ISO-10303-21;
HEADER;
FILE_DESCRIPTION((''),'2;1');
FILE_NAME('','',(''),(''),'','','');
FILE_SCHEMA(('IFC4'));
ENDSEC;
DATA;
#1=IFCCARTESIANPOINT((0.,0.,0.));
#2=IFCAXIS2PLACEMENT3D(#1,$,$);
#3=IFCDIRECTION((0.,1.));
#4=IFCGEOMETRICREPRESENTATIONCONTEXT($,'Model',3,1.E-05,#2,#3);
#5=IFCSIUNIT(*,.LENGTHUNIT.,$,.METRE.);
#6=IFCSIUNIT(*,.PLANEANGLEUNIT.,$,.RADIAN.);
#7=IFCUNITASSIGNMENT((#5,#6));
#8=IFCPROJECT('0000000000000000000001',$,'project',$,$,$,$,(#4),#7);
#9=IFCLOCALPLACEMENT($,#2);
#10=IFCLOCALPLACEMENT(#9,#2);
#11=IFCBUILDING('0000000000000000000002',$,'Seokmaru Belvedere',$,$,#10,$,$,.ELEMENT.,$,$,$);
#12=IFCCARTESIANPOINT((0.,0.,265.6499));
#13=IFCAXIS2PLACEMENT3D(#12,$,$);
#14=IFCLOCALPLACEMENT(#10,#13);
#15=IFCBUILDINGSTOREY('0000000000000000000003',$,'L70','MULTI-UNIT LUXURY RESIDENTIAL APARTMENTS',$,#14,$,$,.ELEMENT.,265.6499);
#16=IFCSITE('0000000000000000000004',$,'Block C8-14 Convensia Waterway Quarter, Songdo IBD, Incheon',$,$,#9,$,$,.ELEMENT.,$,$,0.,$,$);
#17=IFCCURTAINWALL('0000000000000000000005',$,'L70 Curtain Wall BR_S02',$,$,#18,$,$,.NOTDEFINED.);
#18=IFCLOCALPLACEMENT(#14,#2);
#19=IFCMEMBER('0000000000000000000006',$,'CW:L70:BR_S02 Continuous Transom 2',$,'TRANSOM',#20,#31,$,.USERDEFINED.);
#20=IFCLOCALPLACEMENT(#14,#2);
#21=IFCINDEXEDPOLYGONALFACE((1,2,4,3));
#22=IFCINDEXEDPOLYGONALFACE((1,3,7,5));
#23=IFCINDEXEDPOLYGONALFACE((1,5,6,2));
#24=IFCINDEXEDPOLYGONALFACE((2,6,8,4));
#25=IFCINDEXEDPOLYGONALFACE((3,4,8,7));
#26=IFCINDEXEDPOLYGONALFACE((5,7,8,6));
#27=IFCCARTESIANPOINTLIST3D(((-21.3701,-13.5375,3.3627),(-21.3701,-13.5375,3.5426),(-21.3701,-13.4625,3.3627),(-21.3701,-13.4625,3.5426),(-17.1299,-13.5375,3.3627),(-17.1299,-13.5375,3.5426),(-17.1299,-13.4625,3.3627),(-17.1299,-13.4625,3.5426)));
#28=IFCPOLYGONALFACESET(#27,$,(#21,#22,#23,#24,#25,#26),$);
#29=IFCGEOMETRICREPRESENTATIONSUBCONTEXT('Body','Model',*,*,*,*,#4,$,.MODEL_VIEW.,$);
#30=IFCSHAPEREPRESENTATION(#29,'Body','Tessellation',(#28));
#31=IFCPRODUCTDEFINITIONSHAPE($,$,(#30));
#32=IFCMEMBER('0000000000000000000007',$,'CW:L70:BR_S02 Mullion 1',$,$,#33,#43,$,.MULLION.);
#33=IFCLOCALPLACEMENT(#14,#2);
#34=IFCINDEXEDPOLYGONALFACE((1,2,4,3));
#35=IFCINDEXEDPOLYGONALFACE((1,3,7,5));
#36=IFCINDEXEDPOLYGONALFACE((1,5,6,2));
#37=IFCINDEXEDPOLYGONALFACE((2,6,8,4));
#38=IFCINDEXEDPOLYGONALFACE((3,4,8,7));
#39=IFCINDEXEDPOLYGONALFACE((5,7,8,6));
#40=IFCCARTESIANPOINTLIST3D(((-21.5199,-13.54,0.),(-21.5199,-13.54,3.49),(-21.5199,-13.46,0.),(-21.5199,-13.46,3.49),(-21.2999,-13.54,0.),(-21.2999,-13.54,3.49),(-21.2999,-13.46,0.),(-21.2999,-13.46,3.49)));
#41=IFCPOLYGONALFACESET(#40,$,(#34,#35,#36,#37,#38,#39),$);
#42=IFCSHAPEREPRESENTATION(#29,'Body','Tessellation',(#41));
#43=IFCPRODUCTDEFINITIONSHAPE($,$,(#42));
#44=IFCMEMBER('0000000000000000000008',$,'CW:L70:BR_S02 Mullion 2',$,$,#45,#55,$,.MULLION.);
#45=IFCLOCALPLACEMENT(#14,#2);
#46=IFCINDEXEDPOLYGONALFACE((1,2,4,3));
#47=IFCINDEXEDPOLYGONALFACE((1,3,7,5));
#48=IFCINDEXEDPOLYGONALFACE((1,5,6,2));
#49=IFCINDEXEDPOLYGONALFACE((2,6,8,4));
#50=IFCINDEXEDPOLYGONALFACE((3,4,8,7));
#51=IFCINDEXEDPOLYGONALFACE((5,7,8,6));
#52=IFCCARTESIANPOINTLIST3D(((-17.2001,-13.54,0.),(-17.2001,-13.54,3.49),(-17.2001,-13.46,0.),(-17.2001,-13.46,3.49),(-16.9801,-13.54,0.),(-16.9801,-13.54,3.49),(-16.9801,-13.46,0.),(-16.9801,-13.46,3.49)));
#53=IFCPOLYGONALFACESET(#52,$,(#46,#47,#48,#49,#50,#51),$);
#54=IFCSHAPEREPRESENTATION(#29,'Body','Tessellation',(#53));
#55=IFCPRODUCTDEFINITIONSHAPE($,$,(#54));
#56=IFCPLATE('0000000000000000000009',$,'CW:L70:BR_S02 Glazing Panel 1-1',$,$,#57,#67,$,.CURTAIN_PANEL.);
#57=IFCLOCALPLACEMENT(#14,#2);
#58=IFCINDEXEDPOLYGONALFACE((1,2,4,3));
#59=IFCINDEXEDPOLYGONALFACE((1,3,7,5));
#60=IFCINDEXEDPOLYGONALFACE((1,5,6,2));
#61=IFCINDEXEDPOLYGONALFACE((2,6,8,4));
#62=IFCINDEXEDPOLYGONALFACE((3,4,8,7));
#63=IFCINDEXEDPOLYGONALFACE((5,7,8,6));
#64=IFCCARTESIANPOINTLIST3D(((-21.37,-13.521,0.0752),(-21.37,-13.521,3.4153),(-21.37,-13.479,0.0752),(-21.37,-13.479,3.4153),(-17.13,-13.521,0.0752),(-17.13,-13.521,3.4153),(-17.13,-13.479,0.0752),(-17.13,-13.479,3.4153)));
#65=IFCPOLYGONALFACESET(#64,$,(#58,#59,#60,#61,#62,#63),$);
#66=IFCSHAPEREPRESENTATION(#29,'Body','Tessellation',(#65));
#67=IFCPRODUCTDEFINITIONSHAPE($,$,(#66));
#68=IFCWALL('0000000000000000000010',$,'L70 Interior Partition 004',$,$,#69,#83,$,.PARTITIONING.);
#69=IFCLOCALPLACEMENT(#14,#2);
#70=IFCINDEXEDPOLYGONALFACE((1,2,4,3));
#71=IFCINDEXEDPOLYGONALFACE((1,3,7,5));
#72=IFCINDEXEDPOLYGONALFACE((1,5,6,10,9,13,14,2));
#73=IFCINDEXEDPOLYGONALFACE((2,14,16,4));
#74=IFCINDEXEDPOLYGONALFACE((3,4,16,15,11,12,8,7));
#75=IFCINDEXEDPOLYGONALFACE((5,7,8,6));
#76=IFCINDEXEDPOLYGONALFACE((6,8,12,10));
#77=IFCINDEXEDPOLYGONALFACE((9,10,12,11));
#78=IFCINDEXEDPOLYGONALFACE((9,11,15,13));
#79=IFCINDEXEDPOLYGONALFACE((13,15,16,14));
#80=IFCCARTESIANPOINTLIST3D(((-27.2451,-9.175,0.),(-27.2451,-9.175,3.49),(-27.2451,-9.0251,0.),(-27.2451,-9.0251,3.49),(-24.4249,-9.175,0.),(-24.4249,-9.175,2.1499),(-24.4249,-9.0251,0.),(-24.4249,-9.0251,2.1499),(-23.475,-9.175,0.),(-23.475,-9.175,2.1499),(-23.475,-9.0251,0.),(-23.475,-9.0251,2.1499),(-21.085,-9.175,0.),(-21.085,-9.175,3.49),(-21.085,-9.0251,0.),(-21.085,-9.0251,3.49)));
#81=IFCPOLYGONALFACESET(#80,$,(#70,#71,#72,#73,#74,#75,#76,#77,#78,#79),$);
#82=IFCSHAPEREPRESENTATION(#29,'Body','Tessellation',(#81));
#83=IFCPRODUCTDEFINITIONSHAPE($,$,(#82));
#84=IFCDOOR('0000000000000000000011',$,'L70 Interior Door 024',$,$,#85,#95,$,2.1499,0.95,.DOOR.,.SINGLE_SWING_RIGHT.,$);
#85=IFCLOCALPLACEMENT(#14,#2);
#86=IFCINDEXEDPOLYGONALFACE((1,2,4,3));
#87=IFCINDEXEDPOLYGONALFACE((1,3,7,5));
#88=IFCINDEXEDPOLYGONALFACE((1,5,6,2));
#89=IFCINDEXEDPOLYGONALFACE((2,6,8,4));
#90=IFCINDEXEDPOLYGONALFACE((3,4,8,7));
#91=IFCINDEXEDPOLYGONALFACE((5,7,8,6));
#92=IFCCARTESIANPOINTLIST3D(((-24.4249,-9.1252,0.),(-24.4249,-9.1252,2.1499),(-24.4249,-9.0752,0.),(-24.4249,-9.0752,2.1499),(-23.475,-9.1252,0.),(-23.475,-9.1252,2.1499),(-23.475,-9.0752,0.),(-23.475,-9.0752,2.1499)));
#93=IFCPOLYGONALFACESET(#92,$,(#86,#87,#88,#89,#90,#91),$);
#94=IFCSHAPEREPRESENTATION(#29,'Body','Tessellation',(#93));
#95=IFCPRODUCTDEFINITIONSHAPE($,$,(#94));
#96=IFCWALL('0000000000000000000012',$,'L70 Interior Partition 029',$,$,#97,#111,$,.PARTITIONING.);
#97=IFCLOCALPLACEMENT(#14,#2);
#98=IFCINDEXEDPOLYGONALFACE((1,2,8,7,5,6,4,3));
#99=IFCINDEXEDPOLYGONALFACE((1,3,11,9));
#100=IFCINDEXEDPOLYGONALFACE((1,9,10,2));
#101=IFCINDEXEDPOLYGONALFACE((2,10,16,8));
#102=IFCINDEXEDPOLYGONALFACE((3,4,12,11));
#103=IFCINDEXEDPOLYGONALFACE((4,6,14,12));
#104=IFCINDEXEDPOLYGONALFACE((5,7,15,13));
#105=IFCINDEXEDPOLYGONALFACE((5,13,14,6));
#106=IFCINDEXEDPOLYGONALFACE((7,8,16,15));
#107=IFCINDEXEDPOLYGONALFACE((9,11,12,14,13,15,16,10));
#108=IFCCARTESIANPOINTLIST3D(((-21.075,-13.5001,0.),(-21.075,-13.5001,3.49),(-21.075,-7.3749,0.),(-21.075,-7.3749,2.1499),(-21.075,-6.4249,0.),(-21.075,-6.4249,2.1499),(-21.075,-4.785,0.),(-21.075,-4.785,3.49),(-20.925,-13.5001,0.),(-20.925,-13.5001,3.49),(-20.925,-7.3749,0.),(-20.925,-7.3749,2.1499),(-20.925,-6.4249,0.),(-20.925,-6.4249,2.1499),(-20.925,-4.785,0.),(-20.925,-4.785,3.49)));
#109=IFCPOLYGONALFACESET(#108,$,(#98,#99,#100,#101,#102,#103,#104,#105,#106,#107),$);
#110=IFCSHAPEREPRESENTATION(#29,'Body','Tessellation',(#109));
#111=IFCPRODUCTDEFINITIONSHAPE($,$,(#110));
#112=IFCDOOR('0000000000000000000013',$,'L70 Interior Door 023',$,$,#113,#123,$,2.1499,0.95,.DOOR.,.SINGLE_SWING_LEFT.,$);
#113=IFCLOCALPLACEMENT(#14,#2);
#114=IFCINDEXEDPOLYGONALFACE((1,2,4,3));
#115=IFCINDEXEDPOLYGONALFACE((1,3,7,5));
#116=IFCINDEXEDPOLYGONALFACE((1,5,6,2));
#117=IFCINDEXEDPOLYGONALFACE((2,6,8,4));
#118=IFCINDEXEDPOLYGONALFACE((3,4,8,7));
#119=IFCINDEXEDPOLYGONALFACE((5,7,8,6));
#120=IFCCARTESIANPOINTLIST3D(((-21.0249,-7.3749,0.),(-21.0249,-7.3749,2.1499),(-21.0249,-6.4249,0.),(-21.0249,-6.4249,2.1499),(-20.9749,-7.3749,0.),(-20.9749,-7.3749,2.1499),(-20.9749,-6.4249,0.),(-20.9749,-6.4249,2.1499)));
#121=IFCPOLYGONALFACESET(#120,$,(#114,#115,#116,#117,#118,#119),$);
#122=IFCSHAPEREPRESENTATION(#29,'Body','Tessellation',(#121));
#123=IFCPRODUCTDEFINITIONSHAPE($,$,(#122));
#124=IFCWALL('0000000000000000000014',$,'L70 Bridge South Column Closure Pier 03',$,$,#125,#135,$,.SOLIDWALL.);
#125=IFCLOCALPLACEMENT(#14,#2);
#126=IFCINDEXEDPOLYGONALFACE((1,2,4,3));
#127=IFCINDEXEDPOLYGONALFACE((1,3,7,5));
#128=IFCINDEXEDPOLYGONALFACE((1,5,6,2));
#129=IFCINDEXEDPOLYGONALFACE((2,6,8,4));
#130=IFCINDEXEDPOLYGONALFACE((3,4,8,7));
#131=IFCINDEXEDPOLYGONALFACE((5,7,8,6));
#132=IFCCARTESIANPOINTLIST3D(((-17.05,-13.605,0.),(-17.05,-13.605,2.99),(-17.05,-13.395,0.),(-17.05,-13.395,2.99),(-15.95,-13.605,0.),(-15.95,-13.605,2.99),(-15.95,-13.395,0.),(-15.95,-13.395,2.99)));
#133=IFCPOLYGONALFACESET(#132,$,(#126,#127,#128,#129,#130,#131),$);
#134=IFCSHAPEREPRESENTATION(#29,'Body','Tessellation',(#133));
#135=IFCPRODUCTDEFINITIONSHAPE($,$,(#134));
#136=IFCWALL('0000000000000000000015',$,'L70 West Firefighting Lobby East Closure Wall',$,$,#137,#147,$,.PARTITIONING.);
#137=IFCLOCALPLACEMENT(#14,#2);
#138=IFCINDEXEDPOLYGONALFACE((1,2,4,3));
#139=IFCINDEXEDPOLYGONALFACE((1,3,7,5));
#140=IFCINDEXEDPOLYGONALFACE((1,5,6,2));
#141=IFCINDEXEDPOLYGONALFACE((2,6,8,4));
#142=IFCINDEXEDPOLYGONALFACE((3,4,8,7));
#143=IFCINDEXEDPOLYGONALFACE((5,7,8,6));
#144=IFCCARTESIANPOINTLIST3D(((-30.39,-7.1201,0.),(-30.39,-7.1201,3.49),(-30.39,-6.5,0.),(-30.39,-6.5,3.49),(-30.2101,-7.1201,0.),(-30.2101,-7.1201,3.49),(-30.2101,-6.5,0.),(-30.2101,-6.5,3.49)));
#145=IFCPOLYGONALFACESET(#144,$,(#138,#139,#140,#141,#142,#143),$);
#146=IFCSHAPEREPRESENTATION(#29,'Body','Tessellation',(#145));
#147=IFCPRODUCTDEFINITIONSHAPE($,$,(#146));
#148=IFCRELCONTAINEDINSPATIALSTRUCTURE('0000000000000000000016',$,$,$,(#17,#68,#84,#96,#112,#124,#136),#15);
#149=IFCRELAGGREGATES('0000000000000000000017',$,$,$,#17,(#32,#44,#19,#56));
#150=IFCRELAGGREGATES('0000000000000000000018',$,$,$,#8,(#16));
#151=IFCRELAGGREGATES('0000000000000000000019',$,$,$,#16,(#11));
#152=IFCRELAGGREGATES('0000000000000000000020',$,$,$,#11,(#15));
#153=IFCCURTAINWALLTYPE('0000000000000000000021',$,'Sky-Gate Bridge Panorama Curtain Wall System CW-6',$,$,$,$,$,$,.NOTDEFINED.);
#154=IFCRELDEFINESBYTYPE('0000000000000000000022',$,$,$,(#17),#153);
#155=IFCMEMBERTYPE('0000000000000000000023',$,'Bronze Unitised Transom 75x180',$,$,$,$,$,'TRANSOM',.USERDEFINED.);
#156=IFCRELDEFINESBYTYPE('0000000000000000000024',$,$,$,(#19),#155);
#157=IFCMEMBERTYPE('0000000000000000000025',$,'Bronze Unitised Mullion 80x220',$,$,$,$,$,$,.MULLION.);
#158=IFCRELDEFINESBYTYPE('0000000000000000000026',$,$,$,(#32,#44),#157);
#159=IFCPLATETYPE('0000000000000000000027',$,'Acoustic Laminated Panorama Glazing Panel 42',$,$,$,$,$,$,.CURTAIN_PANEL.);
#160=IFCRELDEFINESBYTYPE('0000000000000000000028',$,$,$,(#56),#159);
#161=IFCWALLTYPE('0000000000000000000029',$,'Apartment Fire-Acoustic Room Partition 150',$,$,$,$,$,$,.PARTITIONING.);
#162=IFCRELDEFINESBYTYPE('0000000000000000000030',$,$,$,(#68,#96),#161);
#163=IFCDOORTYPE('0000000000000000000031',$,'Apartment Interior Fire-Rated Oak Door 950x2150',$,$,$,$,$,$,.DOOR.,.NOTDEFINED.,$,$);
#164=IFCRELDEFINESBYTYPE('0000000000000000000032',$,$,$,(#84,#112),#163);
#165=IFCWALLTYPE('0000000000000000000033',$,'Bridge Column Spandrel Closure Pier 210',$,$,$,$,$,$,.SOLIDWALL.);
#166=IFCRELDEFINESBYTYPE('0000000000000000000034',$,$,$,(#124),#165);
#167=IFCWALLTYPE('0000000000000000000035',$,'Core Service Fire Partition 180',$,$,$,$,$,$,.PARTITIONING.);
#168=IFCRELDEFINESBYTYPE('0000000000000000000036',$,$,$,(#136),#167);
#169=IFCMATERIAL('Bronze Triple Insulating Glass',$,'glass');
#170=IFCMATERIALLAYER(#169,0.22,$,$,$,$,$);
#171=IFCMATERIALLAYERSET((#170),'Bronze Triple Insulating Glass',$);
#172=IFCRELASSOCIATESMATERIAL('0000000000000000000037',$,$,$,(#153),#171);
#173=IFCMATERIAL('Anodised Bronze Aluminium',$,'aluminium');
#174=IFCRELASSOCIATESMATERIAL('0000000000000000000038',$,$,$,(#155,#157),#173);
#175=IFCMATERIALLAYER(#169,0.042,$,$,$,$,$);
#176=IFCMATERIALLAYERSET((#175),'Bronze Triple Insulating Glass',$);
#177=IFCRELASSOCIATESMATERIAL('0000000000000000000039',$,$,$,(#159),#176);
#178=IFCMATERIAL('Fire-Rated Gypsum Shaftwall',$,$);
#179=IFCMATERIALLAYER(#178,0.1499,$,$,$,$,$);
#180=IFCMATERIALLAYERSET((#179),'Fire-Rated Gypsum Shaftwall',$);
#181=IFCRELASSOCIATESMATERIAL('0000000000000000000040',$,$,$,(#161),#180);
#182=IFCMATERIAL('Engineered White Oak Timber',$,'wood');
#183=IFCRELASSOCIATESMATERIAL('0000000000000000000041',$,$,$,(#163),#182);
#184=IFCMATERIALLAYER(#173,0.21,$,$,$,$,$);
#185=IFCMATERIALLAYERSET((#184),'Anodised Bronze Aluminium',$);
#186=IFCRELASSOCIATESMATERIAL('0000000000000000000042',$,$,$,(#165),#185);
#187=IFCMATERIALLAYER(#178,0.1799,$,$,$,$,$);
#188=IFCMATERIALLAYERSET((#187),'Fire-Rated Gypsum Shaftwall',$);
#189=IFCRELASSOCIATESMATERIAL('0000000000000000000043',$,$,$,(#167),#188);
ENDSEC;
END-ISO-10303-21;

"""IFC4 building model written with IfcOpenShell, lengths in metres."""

from ifc_helpers import new_model, si_unit, direction, frame, frame_2d, origin, origin_2d, place, context, subcontext, project, spatial, rectangle, extrude, source, transform, mapped, material, layer, layer_set, material_profile, profile_set, type_object, type_shapes, element, fill, aggregate, save


model = new_model("IFC4")

# Units and contexts
model_context = context("Model", 3, precision=1e-05, world=origin(), true_north=direction((0.0, 1.0)))
body_context = subcontext(model_context, "Body", "Model", "MODEL_VIEW")
ifc_project = project(units=[si_unit("LENGTHUNIT", "METRE"), si_unit("PLANEANGLEUNIT", "RADIAN")], contexts=[model_context])

# Site, building, storey
site_placement = place(None, origin())
site = spatial("IfcSite", under=ifc_project, at=site_placement, Name="Block C8-14 Convensia Waterway Quarter, Songdo IBD, Incheon", CompositionType="ELEMENT", RefElevation=0.0)
building_placement = place(site_placement, origin())
building = spatial("IfcBuilding", under=site, at=building_placement, Name="Seokmaru Belvedere", CompositionType="ELEMENT")
storey_placement = place(building_placement, frame((0.0, 0.0, 265.6499)))
storey = spatial("IfcBuildingStorey", under=building, at=storey_placement, Name="L70", Description="MULTI-UNIT LUXURY RESIDENTIAL APARTMENTS", CompositionType="ELEMENT", Elevation=265.6499)

# Curtain wall, members, plate
ifc_material_1 = material(Name="Bronze Triple Insulating Glass", Category="glass")
ifc_layer_1 = layer(ifc_material_1, 0.22)
ifc_layer_set_1 = layer_set([ifc_layer_1], Name="Bronze Triple Insulating Glass")
curtain_wall_type = type_object("IfcCurtainWallType", Name="Sky-Gate Bridge Panorama Curtain Wall System CW-6", PredefinedType="NOTDEFINED", material=ifc_layer_set_1)
curtain_wall_placement = place(storey_placement, origin())
curtain_wall = element("IfcCurtainWall", 1, at=curtain_wall_placement, inside=storey, type_object=curtain_wall_type, Name="L70 Curtain Wall BR_S02", PredefinedType="NOTDEFINED")
ifc_material_2 = material(Name="Anodised Bronze Aluminium", Category="aluminium")
ifc_material_profile_1 = material_profile(ifc_material_2, rectangle(XDim=0.075, YDim=0.1799, at=origin_2d()), Name="CW-T-75x180")
ifc_profile_set_1 = profile_set([ifc_material_profile_1], Name="Anodised Bronze Aluminium")
member_type_1 = type_object("IfcMemberType", Name="Bronze Unitised Transom 75x180", ElementType="TRANSOM", PredefinedType="USERDEFINED", material=ifc_profile_set_1)
shared_shape_1 = source(origin(), body_context, "Body", "SweptSolid", [
    extrude(rectangle(XDim=0.075, YDim=0.1799, at=origin_2d()), origin(), (0.0, 0.0, 1.0), 4.2402),
])
type_shapes(member_type_1, [shared_shape_1])
member_1_placement = place(storey_placement, frame((-21.3701, -13.5, 3.4526), z_axis=(1.0, 0.0, 0.0), x_axis=(0.0, 1.0, 0.0)))
member_1 = element("IfcMember", 2, at=member_1_placement, type_object=member_type_1, Name="CW:L70:BR_S02 Continuous Transom 2", ObjectType="TRANSOM", PredefinedType="USERDEFINED", context=body_context, shape_type="MappedRepresentation", body=[
    mapped(shared_shape_1, transform((0.0, 0.0, 0.0), scale=1.0)),
])
ifc_material_profile_2 = material_profile(ifc_material_2, rectangle(XDim=0.0801, YDim=0.22, at=origin_2d()), Name="CW-M-80x220")
ifc_profile_set_2 = profile_set([ifc_material_profile_2], Name="Anodised Bronze Aluminium")
member_type_2 = type_object("IfcMemberType", Name="Bronze Unitised Mullion 80x220", PredefinedType="MULLION", material=ifc_profile_set_2)
shared_shape_2 = source(origin(), body_context, "Body", "SweptSolid", [
    extrude(rectangle(XDim=0.0801, YDim=0.22, at=origin_2d()), origin(), (0.0, 0.0, 1.0), 3.49),
])
type_shapes(member_type_2, [shared_shape_2])
member_2_placement = place(storey_placement, frame((-21.4099, -13.5, 0.0), z_axis=(0.0, 0.0, 1.0), x_axis=(0.0, 1.0, 0.0)))
member_2 = element("IfcMember", 3, at=member_2_placement, type_object=member_type_2, Name="CW:L70:BR_S02 Mullion 1", PredefinedType="MULLION", context=body_context, shape_type="MappedRepresentation", body=[
    mapped(shared_shape_2, transform((0.0, 0.0, 0.0), scale=1.0)),
])
member_3_placement = place(storey_placement, frame((-17.0901, -13.5, 0.0), z_axis=(0.0, 0.0, 1.0), x_axis=(0.0, 1.0, 0.0)))
member_3 = element("IfcMember", 4, at=member_3_placement, type_object=member_type_2, Name="CW:L70:BR_S02 Mullion 2", PredefinedType="MULLION", context=body_context, shape_type="MappedRepresentation", body=[
    mapped(shared_shape_2, transform((0.0, 0.0, 0.0), scale=1.0)),
])
ifc_layer_2 = layer(ifc_material_1, 0.042)
ifc_layer_set_2 = layer_set([ifc_layer_2], Name="Bronze Triple Insulating Glass")
plate_type = type_object("IfcPlateType", Name="Acoustic Laminated Panorama Glazing Panel 42", PredefinedType="CURTAIN_PANEL", material=ifc_layer_set_2)
shared_shape_3 = source(origin(), body_context, "Body", "SweptSolid", [
    extrude(rectangle(XDim=4.24, YDim=0.042, at=origin_2d()), origin(), (0.0, 0.0, 1.0), 3.3401),
])
type_shapes(plate_type, [shared_shape_3])
plate_placement = place(storey_placement, frame((-19.25, -13.5, 0.0752), z_axis=(0.0, 0.0, 1.0), x_axis=(1.0, 0.0, 0.0)))
plate = element("IfcPlate", 5, at=plate_placement, type_object=plate_type, Name="CW:L70:BR_S02 Glazing Panel 1-1", PredefinedType="CURTAIN_PANEL", context=body_context, shape_type="MappedRepresentation", body=[
    mapped(shared_shape_3, transform((0.0, 0.0, 0.0), scale=1.0)),
])
aggregate(curtain_wall, [member_2, member_3, member_1, plate])

# Walls, openings, doors
ifc_material_3 = material(Name="Fire-Rated Gypsum Shaftwall")
ifc_layer_3 = layer(ifc_material_3, 0.1499)
ifc_layer_set_3 = layer_set([ifc_layer_3], Name="Fire-Rated Gypsum Shaftwall")
wall_type_1 = type_object("IfcWallType", Name="Apartment Fire-Acoustic Room Partition 150", PredefinedType="PARTITIONING", material=ifc_layer_set_3)
wall_1_placement = place(storey_placement, frame((-27.2451, -9.1001, 0.0), z_axis=(0.0, 0.0, 1.0), x_axis=(1.0, 0.0, 0.0)))
wall_1 = element("IfcWall", 6, at=wall_1_placement, inside=storey, type_object=wall_type_1, Name="L70 Interior Partition 004", PredefinedType="PARTITIONING", context=body_context, shape_type="SweptSolid", body=[
    extrude(rectangle(XDim=6.1602, YDim=0.1499, at=frame_2d((3.0801, 0.0))), origin(), (0.0, 0.0, 1.0), 3.49),
])
opening_1_placement = place(wall_1_placement, frame((2.8201, 0.0, 0.0)))
opening_1 = element("IfcOpeningElement", 7, at=opening_1_placement, cuts=wall_1, PredefinedType="OPENING", context=body_context, shape_type="SweptSolid", body=[
    extrude(rectangle(XDim=0.95, YDim=2.1499, at=frame_2d((0.4751, 1.075))), frame((0.0, 0.085, 0.0), z_axis=(0.0, -1.0, 0.0), x_axis=(1.0, 0.0, 0.0)), (0.0, 0.0, 1.0), 0.1699),
])
ifc_material_4 = material(Name="Engineered White Oak Timber", Category="wood")
door_type_1 = type_object("IfcDoorType", Name="Apartment Interior Fire-Rated Oak Door 950x2150", OperationType="NOTDEFINED", PredefinedType="DOOR", material=ifc_material_4)
shared_shape_4 = source(origin(), body_context, "Body", "SweptSolid", [
    extrude(rectangle(XDim=0.95, YDim=2.1499, at=frame_2d((0.4751, 1.075))), frame((0.0, 0.0249, 0.0), z_axis=(0.0, -1.0, 0.0), x_axis=(1.0, 0.0, 0.0)), (0.0, 0.0, 1.0), 0.05),
])
type_shapes(door_type_1, [shared_shape_4])
door_1_placement = place(opening_1_placement, origin())
door_1 = element("IfcDoor", 8, at=door_1_placement, inside=storey, type_object=door_type_1, Name="L70 Interior Door 024", OperationType="SINGLE_SWING_RIGHT", OverallHeight=2.1499, OverallWidth=0.95, PredefinedType="DOOR", context=body_context, shape_type="MappedRepresentation", body=[
    mapped(shared_shape_4, transform((0.0, 0.0, 0.0), scale=1.0)),
])
fill(opening_1, door_1)
wall_2_placement = place(storey_placement, frame((-21.0, -13.5, 0.0), z_axis=(0.0, 0.0, 1.0), x_axis=(0.0, 1.0, 0.0)))
wall_2 = element("IfcWall", 9, at=wall_2_placement, inside=storey, type_object=wall_type_1, Name="L70 Interior Partition 029", PredefinedType="PARTITIONING", context=body_context, shape_type="SweptSolid", body=[
    extrude(rectangle(XDim=8.7151, YDim=0.1499, at=frame_2d((4.3574, 0.0))), origin(), (0.0, 0.0, 1.0), 3.49),
])
opening_2_placement = place(wall_2_placement, frame((6.125, 0.0, 0.0)))
opening_2 = element("IfcOpeningElement", 10, at=opening_2_placement, cuts=wall_2, PredefinedType="OPENING", context=body_context, shape_type="SweptSolid", body=[
    extrude(rectangle(XDim=0.95, YDim=2.1499, at=frame_2d((0.4751, 1.075))), frame((0.0, 0.085, 0.0), z_axis=(0.0, -1.0, 0.0), x_axis=(1.0, 0.0, 0.0)), (0.0, 0.0, 1.0), 0.1699),
])
door_2_placement = place(opening_2_placement, origin())
door_2 = element("IfcDoor", 11, at=door_2_placement, inside=storey, type_object=door_type_1, Name="L70 Interior Door 023", OperationType="SINGLE_SWING_LEFT", OverallHeight=2.1499, OverallWidth=0.95, PredefinedType="DOOR", context=body_context, shape_type="MappedRepresentation", body=[
    mapped(shared_shape_4, transform((0.0, 0.0, 0.0), scale=1.0)),
])
fill(opening_2, door_2)

# Walls
ifc_layer_4 = layer(ifc_material_2, 0.21)
ifc_layer_set_4 = layer_set([ifc_layer_4], Name="Anodised Bronze Aluminium")
wall_type_2 = type_object("IfcWallType", Name="Bridge Column Spandrel Closure Pier 210", PredefinedType="SOLIDWALL", material=ifc_layer_set_4)
wall_3_placement = place(storey_placement, frame((-17.05, -13.5, 0.0), z_axis=(0.0, 0.0, 1.0), x_axis=(1.0, 0.0, 0.0)))
element("IfcWall", 12, at=wall_3_placement, inside=storey, type_object=wall_type_2, Name="L70 Bridge South Column Closure Pier 03", PredefinedType="SOLIDWALL", context=body_context, shape_type="SweptSolid", body=[
    extrude(rectangle(XDim=1.1001, YDim=0.21, at=frame_2d((0.55, 0.0))), origin(), (0.0, 0.0, 1.0), 2.99),
])
ifc_layer_5 = layer(ifc_material_3, 0.1799)
ifc_layer_set_5 = layer_set([ifc_layer_5], Name="Fire-Rated Gypsum Shaftwall")
wall_type_3 = type_object("IfcWallType", Name="Core Service Fire Partition 180", PredefinedType="PARTITIONING", material=ifc_layer_set_5)
wall_4_placement = place(storey_placement, frame((-30.3, -7.1201, 0.0), z_axis=(0.0, 0.0, 1.0), x_axis=(0.0, 1.0, 0.0)))
element("IfcWall", 13, at=wall_4_placement, inside=storey, type_object=wall_type_3, Name="L70 West Firefighting Lobby East Closure Wall", PredefinedType="PARTITIONING", context=body_context, shape_type="SweptSolid", body=[
    extrude(rectangle(XDim=0.6201, YDim=0.1799, at=frame_2d((0.3101, 0.0))), origin(), (0.0, 0.0, 1.0), 3.49),
])

save(model, "model.ifc")
